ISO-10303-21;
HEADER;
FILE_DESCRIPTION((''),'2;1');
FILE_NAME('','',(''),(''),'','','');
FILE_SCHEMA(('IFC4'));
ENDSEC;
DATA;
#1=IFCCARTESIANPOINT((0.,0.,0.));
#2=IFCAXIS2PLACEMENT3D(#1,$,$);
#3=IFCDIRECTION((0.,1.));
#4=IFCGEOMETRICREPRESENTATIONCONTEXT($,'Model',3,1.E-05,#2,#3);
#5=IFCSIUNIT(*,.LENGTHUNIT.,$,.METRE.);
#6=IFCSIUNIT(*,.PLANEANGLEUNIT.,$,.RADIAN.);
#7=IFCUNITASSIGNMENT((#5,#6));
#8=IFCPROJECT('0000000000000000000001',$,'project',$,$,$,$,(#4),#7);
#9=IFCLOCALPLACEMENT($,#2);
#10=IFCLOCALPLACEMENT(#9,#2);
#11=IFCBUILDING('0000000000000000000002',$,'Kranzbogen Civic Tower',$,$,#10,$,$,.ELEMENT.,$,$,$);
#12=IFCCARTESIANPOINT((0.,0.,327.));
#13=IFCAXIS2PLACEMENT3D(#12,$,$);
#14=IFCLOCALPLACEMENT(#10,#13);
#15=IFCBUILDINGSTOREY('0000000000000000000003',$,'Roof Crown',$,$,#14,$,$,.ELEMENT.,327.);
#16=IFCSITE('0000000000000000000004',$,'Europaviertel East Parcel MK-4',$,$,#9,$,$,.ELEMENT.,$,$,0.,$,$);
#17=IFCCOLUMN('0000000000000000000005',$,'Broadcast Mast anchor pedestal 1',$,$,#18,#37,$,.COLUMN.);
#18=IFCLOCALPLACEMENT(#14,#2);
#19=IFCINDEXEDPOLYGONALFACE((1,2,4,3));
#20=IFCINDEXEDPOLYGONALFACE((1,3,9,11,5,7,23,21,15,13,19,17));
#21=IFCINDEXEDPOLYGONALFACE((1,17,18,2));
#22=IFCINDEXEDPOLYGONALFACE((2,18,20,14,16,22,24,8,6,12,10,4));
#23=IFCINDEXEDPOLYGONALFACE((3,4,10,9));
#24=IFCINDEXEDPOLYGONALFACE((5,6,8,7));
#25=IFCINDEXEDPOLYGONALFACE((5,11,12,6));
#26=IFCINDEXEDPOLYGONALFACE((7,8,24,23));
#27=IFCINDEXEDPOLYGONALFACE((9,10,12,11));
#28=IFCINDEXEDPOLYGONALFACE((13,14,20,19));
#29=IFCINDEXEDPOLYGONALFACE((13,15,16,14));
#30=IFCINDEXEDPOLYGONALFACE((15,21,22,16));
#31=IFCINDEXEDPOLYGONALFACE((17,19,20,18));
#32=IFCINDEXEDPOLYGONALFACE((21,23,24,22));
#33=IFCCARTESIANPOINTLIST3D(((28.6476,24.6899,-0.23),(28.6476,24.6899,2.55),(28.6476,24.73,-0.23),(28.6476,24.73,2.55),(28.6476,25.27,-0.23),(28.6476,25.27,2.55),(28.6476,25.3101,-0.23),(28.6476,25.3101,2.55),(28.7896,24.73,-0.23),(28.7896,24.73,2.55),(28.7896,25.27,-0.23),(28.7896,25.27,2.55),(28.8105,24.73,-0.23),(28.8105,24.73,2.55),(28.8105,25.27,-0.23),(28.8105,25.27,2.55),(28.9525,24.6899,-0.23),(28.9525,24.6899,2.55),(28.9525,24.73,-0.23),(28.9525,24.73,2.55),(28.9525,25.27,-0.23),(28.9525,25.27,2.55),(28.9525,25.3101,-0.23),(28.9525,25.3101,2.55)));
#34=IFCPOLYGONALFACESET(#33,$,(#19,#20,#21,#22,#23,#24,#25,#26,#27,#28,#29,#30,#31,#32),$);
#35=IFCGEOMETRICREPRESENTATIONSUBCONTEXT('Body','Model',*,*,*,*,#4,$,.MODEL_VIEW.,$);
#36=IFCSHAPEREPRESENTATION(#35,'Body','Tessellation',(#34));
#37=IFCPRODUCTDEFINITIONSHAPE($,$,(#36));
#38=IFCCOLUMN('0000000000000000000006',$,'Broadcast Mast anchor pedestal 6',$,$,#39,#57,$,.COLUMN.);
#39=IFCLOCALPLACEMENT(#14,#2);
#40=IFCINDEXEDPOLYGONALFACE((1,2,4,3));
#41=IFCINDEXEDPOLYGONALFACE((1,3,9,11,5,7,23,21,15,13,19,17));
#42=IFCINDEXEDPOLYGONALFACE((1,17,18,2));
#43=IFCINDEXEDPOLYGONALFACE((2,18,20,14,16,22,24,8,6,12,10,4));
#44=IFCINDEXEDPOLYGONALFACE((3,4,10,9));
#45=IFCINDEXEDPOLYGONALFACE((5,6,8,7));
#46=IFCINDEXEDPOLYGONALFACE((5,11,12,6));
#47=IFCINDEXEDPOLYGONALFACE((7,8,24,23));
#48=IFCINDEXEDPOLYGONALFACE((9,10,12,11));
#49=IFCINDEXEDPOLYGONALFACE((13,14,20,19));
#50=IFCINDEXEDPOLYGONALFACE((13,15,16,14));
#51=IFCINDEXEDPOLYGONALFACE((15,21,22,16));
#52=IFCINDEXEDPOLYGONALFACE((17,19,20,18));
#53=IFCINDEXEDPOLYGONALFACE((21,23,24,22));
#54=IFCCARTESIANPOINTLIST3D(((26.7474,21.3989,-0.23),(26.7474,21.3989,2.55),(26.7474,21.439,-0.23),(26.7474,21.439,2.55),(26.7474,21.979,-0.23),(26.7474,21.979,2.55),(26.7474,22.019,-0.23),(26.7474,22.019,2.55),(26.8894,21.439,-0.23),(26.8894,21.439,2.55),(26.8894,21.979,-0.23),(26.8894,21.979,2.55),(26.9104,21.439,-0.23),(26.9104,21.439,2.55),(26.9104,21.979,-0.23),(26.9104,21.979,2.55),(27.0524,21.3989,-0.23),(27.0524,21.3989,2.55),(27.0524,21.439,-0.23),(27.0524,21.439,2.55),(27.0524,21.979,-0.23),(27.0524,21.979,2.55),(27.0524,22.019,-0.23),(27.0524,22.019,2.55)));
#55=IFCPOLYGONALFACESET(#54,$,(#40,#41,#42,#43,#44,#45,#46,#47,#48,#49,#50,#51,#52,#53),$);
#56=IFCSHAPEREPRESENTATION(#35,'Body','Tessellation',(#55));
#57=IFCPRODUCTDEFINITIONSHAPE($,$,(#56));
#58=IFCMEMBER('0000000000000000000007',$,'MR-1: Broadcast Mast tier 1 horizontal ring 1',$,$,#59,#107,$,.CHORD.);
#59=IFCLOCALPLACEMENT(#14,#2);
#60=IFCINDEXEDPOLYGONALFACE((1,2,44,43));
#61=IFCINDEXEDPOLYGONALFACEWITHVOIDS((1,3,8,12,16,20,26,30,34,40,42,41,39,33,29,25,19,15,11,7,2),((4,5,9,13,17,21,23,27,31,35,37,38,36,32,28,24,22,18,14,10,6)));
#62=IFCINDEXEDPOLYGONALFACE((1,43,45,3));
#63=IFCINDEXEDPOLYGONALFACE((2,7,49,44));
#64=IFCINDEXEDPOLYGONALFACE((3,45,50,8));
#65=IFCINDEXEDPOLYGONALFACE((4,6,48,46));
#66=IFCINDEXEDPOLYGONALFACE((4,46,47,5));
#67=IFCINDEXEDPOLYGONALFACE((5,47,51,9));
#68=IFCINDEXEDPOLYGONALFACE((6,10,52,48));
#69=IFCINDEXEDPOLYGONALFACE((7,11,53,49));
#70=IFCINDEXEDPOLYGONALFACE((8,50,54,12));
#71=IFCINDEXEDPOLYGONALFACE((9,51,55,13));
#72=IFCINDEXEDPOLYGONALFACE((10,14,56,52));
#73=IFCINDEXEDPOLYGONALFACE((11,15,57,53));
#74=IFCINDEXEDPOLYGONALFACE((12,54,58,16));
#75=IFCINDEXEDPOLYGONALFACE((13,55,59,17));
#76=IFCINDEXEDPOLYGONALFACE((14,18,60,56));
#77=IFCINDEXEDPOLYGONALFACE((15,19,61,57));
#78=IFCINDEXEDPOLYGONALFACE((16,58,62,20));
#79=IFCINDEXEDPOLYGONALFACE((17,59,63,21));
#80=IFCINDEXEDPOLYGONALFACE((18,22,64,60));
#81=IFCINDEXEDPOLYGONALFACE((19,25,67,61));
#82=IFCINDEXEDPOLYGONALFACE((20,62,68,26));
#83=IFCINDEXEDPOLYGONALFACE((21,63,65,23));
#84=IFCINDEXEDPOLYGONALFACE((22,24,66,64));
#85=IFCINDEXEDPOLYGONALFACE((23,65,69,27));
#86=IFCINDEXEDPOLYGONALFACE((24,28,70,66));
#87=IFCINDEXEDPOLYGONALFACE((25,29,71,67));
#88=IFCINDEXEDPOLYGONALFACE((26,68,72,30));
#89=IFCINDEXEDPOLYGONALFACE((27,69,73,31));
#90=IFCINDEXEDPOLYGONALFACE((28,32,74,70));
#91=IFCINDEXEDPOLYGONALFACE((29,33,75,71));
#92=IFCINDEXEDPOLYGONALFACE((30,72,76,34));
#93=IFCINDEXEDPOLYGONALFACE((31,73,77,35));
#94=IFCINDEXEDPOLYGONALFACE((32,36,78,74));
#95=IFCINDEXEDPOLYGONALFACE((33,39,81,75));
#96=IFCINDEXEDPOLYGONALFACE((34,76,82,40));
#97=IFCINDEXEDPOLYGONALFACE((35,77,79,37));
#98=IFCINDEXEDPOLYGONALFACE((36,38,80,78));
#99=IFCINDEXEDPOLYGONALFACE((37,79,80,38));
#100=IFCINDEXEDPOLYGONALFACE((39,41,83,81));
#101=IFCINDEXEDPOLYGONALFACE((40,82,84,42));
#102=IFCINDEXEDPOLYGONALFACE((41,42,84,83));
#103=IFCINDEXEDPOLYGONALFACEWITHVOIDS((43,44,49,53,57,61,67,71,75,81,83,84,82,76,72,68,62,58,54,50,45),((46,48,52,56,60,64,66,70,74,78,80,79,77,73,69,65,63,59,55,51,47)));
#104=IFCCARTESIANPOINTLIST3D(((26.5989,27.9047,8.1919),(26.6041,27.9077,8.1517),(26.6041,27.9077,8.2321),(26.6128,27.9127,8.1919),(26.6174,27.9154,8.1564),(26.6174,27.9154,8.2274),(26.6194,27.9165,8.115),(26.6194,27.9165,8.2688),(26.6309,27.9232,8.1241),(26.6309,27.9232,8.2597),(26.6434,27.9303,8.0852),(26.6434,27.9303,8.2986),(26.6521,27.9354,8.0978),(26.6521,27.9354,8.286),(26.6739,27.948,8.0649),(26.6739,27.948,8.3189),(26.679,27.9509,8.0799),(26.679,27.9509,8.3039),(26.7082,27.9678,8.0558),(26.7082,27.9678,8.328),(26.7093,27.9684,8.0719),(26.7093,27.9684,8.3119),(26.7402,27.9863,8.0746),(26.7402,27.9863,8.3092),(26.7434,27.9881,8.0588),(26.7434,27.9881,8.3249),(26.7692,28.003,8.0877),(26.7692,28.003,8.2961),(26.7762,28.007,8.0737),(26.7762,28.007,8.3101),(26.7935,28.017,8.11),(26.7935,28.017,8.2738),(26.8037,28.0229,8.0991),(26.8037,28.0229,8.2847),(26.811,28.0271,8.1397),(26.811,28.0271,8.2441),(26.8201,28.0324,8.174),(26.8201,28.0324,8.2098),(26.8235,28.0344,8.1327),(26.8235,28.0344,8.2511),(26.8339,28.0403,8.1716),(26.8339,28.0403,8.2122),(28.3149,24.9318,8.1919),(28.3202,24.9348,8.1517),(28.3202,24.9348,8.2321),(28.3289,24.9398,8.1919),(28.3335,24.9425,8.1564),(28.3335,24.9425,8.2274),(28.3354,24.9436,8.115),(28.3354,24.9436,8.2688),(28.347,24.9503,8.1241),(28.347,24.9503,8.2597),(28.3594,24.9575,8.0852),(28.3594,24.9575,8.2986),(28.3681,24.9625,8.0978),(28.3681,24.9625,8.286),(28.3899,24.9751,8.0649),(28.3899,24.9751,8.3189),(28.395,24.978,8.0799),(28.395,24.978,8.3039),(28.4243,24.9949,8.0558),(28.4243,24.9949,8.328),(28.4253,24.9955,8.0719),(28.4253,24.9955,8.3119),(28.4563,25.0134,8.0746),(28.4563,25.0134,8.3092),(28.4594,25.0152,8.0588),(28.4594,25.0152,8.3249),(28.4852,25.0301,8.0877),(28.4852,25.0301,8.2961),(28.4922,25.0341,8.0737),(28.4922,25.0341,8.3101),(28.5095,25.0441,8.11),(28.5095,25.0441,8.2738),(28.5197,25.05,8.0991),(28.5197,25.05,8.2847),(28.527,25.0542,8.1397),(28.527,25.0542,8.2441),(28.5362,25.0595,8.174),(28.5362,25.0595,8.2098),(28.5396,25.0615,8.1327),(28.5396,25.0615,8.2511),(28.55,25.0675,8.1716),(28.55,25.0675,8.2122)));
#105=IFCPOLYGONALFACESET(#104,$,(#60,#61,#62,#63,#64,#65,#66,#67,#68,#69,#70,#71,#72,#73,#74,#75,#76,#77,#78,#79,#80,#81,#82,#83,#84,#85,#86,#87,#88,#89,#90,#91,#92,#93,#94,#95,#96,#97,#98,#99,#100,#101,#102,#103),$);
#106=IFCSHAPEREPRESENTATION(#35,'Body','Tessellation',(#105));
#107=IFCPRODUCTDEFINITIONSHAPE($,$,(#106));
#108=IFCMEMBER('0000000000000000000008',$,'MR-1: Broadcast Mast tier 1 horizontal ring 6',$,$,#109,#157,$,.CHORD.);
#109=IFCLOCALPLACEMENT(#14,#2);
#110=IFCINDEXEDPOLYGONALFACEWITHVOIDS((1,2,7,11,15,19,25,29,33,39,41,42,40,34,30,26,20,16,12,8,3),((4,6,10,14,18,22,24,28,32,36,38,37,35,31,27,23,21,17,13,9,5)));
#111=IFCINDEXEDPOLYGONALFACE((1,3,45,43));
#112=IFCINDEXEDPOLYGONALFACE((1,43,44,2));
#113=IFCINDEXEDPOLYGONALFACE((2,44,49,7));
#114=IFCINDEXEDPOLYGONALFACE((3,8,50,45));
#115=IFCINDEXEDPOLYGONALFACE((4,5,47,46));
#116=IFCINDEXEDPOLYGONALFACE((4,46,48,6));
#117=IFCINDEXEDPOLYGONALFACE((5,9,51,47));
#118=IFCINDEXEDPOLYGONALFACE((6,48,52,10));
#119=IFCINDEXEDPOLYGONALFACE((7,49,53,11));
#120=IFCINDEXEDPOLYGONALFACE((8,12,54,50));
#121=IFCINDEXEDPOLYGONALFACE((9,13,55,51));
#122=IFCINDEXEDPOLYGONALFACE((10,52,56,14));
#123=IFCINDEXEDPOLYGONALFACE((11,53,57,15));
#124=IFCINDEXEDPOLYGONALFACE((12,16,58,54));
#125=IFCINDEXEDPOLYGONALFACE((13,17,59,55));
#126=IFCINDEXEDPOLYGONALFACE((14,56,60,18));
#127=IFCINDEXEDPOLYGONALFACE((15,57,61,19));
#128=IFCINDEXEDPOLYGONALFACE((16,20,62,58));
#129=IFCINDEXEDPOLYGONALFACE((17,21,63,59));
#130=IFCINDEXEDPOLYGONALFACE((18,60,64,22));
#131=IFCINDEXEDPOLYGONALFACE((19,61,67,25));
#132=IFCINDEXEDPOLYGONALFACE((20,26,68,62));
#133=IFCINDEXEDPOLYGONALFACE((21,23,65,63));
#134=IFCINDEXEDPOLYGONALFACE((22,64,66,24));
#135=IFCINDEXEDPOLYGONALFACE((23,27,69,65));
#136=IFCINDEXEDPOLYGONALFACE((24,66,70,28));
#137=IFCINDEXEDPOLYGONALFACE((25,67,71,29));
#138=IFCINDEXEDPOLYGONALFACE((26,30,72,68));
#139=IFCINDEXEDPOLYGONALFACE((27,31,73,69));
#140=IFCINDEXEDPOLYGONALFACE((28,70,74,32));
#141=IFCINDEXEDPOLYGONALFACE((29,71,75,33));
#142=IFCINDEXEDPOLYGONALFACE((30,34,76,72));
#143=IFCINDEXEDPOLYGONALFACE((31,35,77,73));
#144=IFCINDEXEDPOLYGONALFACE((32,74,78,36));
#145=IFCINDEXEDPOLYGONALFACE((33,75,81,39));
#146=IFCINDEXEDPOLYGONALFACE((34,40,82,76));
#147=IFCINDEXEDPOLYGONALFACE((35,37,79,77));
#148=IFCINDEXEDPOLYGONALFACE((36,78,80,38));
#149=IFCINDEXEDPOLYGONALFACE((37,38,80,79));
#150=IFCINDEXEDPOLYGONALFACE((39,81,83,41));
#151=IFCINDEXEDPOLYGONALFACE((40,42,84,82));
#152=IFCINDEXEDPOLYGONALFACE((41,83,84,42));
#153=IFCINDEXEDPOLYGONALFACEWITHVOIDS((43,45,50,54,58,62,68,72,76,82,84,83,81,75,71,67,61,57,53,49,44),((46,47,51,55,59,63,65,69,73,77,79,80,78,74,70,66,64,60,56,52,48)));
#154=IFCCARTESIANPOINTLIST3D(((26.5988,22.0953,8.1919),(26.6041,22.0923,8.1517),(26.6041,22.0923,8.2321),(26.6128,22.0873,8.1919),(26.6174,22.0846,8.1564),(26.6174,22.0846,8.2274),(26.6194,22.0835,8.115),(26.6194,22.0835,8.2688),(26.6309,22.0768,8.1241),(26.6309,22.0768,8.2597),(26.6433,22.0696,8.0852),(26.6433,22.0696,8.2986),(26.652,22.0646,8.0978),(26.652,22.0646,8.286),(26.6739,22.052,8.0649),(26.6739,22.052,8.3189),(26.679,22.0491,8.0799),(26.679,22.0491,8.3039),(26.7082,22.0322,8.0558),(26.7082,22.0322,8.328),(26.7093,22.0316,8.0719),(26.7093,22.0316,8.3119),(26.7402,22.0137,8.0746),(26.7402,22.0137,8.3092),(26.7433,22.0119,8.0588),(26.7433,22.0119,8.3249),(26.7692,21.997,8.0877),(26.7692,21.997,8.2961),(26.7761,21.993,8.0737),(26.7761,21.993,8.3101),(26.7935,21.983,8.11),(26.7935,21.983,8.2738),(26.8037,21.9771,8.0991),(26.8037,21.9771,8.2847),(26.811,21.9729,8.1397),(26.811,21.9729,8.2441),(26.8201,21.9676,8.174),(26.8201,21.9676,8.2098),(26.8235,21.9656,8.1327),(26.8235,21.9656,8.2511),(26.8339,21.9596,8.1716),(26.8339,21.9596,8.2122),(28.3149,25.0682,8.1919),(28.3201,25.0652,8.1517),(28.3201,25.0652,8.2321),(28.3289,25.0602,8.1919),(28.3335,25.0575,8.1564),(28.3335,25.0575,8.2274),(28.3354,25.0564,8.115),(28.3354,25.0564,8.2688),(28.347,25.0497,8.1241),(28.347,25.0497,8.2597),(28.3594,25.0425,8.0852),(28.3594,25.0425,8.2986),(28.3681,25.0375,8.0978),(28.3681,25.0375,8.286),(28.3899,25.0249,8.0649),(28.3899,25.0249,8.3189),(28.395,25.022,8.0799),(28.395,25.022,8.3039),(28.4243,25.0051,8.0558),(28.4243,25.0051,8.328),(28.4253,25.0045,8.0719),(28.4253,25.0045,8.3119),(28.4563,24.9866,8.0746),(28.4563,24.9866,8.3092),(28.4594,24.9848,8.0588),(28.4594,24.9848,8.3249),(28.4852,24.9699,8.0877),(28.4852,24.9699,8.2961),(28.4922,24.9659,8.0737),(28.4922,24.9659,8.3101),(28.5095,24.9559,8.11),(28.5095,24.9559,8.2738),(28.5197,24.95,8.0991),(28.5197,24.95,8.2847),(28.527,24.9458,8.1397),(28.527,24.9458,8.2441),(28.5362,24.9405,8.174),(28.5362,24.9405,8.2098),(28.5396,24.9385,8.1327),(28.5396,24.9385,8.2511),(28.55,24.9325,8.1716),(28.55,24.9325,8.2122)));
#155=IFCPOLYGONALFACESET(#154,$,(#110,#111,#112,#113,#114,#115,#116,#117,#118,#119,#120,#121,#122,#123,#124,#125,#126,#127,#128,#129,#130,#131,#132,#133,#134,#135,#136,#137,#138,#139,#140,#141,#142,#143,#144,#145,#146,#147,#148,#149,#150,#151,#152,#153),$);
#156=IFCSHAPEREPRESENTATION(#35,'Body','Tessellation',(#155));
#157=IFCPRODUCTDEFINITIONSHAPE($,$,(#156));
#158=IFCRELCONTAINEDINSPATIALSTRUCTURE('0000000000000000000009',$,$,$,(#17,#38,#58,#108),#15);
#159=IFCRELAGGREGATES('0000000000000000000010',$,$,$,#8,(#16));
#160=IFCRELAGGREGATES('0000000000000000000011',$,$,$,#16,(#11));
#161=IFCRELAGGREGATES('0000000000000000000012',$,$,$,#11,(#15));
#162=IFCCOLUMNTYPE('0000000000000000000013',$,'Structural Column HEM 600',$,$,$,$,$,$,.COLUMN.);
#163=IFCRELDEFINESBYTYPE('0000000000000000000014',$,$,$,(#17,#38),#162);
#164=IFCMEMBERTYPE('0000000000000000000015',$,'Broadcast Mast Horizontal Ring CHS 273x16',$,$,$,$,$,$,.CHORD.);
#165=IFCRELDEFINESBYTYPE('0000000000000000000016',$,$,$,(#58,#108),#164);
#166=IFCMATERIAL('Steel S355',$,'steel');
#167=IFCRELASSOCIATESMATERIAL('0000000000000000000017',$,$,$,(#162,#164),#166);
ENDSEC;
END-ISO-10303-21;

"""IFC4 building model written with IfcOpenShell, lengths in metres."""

from ifc_helpers import new_model, si_unit, direction, frame, origin, origin_2d, place, context, subcontext, project, spatial, hollow_circle, i_section, extrude, material, material_profile, profile_set, type_object, element, save


model = new_model("IFC4")

# Units and contexts
model_context = context("Model", 3, precision=1e-05, world=origin(), true_north=direction((0.0, 1.0)))
body_context = subcontext(model_context, "Body", "Model", "MODEL_VIEW")
ifc_project = project(units=[si_unit("LENGTHUNIT", "METRE"), si_unit("PLANEANGLEUNIT", "RADIAN")], contexts=[model_context])

# Site, building, storey
site_placement = place(None, origin())
site = spatial("IfcSite", under=ifc_project, at=site_placement, Name="Europaviertel East Parcel MK-4", CompositionType="ELEMENT", RefElevation=0.0)
building_placement = place(site_placement, origin())
building = spatial("IfcBuilding", under=site, at=building_placement, Name="Kranzbogen Civic Tower", CompositionType="ELEMENT")
storey_placement = place(building_placement, frame((0.0, 0.0, 327.0)))
storey = spatial("IfcBuildingStorey", under=building, at=storey_placement, Name="Roof Crown", CompositionType="ELEMENT", Elevation=327.0)

# Columns
ifc_material_1 = material(Name="Steel S355", Category="steel")
ifc_material_profile_1 = material_profile(ifc_material_1, i_section(OverallWidth=0.3049, OverallDepth=0.6201, WebThickness=0.021, FlangeThickness=0.04, at=origin_2d()), Name="HEM 600")
ifc_profile_set_1 = profile_set([ifc_material_profile_1], Name="Steel S355")
column_type = type_object("IfcColumnType", Name="Structural Column HEM 600", PredefinedType="COLUMN", material=ifc_profile_set_1)
for number, where, z_axis, x_axis, name in (
    (1, (28.8, 25.0, -0.23), (0.0, 0.0, 1.0), (1.0, 0.0, 0.0), "Broadcast Mast anchor pedestal 1"),
    (2, (26.8999, 21.709, -0.23), (0.0, 0.0, 1.0), (1.0, 0.0, 0.0), "Broadcast Mast anchor pedestal 6"),
):
    element("IfcColumn", number, at=place(storey_placement, frame(where, z_axis=z_axis, x_axis=x_axis)), inside=storey, type_object=column_type, Name=name, PredefinedType="COLUMN", context=body_context, shape_type="SweptSolid", body=[
        extrude(i_section(OverallWidth=0.3049, OverallDepth=0.6201, WebThickness=0.021, FlangeThickness=0.04, at=origin_2d()), origin(), (0.0, 0.0, 1.0), 2.78),
    ])

# Members
ifc_material_profile_2 = material_profile(ifc_material_1, hollow_circle(Radius=0.1365, WallThickness=0.0161, at=origin_2d()), Name="CHS 273x16")
ifc_profile_set_2 = profile_set([ifc_material_profile_2], Name="Steel S355")
member_type_1 = type_object("IfcMemberType", Name="Broadcast Mast Horizontal Ring CHS 273x16", PredefinedType="CHORD", material=ifc_profile_set_2)
for number, where, z_axis, x_axis, name in (
    (3, (28.4331, 25.0, 8.1919), (-0.499926, 0.866068, 0.0), (-0.866068, -0.499926, 0.0), "MR-1: Broadcast Mast tier 1 horizontal ring 1"),
    (4, (26.717, 22.0271, 8.1919), (0.499926, 0.866068, 0.0), (-0.866068, 0.499926, 0.0), "MR-1: Broadcast Mast tier 1 horizontal ring 6"),
):
    element("IfcMember", number, at=place(storey_placement, frame(where, z_axis=z_axis, x_axis=x_axis)), inside=storey, type_object=member_type_1, Name=name, PredefinedType="CHORD", context=body_context, shape_type="SweptSolid", body=[
        extrude(hollow_circle(Radius=0.1365, WallThickness=0.0161, at=origin_2d()), origin(), (0.0, 0.0, 1.0), 3.4326),
    ])

save(model, "model.ifc")
